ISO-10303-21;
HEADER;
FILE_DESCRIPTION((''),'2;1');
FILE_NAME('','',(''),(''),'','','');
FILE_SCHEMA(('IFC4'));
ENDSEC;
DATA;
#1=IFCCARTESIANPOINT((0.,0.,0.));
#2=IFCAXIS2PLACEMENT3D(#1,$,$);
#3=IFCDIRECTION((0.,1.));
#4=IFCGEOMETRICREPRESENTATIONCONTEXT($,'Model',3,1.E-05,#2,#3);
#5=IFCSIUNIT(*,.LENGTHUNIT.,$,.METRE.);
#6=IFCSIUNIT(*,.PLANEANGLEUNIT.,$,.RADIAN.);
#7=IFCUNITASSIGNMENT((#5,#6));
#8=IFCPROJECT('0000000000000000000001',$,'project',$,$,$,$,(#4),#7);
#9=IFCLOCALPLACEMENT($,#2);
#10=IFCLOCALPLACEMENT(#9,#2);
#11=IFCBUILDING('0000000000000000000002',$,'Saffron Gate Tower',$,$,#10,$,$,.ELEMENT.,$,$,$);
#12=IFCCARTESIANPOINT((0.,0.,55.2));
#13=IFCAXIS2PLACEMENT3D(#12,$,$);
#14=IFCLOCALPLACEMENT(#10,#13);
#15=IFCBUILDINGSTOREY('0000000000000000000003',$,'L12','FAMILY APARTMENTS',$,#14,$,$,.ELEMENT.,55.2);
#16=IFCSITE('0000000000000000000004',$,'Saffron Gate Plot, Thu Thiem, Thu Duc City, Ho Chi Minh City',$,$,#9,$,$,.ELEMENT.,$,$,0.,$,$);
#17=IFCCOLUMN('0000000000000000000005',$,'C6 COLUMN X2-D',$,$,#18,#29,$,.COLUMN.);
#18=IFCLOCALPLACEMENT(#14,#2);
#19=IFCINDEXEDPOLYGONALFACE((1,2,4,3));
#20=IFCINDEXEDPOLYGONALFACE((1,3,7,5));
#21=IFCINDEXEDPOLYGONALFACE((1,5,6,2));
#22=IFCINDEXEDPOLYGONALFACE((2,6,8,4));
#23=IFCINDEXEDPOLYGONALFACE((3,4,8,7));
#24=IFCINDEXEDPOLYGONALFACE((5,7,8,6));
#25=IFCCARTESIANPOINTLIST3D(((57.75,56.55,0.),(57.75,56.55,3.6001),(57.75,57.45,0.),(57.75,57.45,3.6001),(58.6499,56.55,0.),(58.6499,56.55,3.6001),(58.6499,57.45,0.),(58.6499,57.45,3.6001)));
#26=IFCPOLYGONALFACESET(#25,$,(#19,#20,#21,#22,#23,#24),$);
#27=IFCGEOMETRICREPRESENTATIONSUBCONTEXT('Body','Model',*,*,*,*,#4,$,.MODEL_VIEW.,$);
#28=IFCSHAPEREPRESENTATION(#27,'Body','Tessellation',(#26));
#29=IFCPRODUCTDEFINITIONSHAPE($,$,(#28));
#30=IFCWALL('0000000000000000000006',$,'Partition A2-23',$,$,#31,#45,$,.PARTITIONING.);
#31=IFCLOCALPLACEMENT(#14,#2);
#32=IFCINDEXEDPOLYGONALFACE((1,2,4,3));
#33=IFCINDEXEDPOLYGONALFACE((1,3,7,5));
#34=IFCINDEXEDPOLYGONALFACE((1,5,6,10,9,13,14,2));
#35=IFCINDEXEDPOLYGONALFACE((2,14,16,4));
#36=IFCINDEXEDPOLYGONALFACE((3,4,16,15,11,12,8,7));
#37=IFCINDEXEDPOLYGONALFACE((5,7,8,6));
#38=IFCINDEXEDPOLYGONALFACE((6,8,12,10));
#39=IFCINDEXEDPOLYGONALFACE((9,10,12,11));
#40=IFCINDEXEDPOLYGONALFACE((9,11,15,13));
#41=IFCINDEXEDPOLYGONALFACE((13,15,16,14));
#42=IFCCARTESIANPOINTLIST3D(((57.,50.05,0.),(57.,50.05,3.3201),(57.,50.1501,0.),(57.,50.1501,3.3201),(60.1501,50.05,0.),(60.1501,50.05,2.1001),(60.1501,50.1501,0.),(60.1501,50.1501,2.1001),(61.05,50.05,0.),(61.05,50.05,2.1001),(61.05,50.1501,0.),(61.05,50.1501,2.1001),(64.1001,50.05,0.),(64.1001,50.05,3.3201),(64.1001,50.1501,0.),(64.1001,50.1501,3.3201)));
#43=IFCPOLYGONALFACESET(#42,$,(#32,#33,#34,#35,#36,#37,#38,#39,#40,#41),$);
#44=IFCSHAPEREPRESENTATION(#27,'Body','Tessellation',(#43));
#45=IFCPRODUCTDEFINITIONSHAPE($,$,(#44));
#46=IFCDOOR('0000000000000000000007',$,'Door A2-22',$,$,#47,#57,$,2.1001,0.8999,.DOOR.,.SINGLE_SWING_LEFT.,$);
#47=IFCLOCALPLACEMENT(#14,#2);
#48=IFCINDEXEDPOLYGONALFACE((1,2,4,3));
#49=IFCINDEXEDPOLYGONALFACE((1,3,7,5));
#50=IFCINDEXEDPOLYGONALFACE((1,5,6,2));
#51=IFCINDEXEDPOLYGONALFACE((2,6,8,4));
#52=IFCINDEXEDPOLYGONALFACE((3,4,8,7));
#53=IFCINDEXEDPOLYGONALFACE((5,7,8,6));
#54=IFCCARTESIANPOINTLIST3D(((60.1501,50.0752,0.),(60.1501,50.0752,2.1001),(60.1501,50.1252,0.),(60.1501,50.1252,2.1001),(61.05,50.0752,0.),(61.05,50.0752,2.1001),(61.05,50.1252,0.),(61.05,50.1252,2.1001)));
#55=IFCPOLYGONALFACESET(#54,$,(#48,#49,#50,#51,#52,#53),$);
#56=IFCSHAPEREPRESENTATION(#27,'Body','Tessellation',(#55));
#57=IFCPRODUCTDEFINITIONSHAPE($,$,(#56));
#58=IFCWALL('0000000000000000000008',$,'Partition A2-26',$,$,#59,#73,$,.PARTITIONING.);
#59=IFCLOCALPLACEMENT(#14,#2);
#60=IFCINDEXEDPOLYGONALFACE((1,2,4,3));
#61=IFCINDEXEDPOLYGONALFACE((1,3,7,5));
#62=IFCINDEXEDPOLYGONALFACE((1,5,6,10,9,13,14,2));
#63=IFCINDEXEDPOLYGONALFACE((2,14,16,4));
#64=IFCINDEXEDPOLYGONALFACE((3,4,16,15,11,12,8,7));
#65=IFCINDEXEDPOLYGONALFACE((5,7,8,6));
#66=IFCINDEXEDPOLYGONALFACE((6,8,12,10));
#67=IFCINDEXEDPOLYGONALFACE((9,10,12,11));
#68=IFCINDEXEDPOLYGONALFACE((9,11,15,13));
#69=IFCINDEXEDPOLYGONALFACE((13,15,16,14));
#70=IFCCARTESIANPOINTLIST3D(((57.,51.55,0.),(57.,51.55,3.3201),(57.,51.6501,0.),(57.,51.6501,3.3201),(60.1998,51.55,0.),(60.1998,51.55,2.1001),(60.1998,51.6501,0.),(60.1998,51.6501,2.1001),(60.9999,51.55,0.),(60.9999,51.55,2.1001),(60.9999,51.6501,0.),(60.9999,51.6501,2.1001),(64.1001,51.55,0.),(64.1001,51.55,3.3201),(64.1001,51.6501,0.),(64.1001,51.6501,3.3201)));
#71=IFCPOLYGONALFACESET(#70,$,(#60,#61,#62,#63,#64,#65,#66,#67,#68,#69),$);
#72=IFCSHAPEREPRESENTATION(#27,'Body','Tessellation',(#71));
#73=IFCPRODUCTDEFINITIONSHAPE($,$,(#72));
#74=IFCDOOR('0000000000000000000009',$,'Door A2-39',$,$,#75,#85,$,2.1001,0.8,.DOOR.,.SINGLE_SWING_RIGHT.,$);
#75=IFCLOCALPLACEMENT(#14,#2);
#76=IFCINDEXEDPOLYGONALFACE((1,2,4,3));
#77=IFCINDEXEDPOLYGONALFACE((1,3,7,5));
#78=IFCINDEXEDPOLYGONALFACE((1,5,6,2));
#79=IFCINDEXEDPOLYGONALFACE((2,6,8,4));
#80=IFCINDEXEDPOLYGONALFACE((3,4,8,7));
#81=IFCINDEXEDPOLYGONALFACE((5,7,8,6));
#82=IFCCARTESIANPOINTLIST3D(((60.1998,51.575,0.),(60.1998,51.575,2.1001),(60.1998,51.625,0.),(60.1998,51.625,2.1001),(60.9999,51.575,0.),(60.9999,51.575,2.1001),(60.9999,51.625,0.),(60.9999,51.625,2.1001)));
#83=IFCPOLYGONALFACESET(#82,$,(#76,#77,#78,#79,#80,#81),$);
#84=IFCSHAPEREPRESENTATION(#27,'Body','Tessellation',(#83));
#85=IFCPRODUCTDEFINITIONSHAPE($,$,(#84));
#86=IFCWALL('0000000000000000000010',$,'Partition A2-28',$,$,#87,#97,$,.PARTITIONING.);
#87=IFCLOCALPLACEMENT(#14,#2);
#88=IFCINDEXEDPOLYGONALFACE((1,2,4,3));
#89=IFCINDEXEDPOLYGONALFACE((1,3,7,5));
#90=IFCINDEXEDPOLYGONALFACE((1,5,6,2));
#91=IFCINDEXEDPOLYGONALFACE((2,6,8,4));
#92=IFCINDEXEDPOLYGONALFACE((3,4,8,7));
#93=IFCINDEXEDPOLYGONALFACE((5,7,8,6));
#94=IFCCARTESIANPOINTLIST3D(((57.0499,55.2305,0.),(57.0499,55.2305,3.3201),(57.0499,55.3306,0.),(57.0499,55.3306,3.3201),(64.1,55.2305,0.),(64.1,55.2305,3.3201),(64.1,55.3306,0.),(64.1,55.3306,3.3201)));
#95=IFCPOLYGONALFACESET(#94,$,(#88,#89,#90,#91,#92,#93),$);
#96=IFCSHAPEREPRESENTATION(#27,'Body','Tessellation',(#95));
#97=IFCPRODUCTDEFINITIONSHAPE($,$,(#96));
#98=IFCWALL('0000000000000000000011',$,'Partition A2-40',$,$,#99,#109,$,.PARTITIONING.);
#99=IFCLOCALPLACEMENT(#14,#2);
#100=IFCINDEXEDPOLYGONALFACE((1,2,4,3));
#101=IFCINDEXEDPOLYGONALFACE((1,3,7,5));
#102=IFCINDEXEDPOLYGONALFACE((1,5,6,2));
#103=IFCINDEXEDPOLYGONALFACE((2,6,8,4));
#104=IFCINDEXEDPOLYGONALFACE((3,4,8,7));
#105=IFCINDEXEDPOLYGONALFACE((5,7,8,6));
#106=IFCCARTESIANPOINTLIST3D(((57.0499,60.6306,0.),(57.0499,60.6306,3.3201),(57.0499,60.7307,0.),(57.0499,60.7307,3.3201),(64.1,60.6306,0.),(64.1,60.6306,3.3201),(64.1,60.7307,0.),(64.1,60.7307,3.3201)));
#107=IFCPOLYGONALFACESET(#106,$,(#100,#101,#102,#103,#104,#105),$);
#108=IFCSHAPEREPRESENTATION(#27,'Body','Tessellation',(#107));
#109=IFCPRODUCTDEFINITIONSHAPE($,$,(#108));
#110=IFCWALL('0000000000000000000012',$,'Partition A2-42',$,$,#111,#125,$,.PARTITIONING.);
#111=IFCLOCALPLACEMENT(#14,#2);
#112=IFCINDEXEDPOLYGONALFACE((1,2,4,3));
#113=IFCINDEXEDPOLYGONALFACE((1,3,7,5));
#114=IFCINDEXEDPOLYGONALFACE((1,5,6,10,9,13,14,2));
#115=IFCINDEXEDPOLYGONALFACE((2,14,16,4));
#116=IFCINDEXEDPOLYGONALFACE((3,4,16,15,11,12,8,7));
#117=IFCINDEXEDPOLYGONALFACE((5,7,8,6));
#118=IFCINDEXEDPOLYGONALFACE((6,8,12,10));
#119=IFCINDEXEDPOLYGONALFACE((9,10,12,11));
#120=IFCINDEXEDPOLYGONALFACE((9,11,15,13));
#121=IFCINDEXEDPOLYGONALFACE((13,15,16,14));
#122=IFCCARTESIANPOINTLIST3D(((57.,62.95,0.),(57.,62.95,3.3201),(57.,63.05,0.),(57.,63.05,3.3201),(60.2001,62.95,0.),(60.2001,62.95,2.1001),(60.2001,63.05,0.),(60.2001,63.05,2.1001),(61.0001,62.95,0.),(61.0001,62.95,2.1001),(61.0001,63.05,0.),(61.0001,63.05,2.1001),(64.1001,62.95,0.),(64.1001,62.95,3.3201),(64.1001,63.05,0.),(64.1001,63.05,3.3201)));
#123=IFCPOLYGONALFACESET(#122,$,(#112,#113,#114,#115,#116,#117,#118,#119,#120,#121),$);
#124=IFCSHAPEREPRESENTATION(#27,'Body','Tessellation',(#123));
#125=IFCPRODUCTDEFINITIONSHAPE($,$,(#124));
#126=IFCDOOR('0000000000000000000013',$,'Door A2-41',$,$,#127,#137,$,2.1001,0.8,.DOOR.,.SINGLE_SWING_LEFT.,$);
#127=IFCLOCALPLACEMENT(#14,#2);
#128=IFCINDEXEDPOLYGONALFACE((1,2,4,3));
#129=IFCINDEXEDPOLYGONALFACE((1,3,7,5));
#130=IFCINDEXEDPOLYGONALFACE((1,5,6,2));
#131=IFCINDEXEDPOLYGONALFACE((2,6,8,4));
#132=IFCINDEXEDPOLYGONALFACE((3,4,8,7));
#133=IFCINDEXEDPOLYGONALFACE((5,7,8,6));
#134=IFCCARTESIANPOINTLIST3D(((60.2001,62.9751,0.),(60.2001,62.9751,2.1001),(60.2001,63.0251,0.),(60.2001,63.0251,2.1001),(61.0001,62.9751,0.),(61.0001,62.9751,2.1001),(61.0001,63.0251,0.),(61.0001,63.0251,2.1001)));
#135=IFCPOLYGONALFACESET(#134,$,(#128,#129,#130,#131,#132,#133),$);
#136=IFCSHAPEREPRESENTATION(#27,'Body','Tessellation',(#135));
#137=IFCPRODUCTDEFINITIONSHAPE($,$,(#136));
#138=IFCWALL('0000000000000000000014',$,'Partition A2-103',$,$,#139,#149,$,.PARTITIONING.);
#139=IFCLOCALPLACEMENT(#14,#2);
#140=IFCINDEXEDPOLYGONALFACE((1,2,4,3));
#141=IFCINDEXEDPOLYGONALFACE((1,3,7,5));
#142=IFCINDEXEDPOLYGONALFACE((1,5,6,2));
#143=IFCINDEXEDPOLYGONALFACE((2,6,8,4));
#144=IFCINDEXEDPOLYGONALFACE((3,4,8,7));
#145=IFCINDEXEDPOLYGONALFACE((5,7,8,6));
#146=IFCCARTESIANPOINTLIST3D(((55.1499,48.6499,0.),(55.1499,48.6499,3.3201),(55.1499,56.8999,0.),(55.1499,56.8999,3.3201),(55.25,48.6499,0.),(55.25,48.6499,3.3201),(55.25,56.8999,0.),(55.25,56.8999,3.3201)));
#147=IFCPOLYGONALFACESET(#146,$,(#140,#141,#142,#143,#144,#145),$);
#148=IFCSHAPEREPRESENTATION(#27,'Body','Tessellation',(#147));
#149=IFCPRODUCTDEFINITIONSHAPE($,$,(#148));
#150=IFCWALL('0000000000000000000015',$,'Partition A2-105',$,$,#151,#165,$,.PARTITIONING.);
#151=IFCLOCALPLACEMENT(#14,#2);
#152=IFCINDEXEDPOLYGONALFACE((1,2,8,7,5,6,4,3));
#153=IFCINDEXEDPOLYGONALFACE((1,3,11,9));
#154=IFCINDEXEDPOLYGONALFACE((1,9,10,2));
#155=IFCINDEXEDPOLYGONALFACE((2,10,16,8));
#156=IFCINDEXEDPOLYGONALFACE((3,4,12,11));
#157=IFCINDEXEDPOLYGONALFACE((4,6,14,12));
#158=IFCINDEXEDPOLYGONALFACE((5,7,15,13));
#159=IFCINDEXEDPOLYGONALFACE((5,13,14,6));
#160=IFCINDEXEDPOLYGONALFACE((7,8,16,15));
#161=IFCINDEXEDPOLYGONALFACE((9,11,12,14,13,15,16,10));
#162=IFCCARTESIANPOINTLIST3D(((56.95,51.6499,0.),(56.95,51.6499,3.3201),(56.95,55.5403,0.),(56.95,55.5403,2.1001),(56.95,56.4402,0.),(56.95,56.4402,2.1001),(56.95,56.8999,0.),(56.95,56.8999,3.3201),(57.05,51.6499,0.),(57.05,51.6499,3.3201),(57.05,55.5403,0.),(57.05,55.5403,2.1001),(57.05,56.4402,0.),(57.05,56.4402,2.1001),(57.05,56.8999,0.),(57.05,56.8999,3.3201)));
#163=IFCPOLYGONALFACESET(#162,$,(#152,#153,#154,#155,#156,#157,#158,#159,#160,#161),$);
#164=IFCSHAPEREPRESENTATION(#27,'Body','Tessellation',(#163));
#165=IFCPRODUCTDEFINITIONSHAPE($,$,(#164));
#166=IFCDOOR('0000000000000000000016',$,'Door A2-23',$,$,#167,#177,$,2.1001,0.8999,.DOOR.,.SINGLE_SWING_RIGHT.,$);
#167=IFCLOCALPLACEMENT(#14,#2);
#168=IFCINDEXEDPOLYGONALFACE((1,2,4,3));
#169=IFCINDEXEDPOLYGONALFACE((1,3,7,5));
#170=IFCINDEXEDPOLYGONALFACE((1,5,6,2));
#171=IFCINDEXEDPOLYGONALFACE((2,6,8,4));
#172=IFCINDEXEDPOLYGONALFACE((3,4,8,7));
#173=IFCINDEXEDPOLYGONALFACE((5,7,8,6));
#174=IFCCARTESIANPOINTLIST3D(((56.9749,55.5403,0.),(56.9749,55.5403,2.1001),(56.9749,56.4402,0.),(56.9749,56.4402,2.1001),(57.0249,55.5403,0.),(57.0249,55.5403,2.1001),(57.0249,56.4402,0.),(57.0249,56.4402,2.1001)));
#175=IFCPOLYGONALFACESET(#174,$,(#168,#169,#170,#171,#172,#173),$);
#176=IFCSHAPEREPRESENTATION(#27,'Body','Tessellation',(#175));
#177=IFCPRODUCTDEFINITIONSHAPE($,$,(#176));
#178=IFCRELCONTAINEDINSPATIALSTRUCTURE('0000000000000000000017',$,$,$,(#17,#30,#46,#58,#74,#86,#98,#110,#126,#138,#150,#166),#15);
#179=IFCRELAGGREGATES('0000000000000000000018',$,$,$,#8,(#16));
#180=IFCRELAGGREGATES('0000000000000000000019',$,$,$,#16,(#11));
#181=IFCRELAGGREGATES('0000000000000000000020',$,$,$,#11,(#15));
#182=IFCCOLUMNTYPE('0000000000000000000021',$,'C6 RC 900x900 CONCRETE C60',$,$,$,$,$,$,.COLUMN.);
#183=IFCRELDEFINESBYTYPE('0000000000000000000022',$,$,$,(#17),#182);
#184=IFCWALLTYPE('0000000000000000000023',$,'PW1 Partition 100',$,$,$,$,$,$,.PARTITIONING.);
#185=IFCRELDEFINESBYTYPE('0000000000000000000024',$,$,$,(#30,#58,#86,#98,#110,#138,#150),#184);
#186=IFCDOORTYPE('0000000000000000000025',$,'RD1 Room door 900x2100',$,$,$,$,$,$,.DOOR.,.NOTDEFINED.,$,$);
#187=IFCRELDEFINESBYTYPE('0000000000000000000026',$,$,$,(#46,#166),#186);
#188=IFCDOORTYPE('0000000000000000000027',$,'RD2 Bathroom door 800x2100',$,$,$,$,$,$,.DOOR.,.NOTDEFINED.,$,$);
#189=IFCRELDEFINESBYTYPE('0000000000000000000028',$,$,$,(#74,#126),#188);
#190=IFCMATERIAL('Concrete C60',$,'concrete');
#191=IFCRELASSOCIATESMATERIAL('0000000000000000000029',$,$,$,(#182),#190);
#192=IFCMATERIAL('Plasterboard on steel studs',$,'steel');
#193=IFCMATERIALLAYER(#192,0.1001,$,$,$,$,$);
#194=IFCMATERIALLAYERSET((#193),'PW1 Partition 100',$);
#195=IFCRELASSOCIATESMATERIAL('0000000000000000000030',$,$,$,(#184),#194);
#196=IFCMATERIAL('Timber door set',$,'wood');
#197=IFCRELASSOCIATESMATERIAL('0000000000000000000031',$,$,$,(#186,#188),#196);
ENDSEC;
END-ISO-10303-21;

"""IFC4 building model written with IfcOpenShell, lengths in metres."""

from ifc_helpers import new_model, si_unit, direction, frame, frame_2d, origin, origin_2d, place, context, subcontext, project, spatial, rectangle, extrude, material, layer, layer_set, material_profile, profile_set, type_object, element, fill, save


model = new_model("IFC4")

# Units and contexts
model_context = context("Model", 3, precision=1e-05, world=origin(), true_north=direction((0.0, 1.0)))
body_context = subcontext(model_context, "Body", "Model", "MODEL_VIEW")
ifc_project = project(units=[si_unit("LENGTHUNIT", "METRE"), si_unit("PLANEANGLEUNIT", "RADIAN")], contexts=[model_context])

# Site, building, storey
site_placement = place(None, origin())
site = spatial("IfcSite", under=ifc_project, at=site_placement, Name="Saffron Gate Plot, Thu Thiem, Thu Duc City, Ho Chi Minh City", CompositionType="ELEMENT", RefElevation=0.0)
building_placement = place(site_placement, origin())
building = spatial("IfcBuilding", under=site, at=building_placement, Name="Saffron Gate Tower", CompositionType="ELEMENT")
storey_placement = place(building_placement, frame((0.0, 0.0, 55.2)))
storey = spatial("IfcBuildingStorey", under=building, at=storey_placement, Name="L12", Description="FAMILY APARTMENTS", CompositionType="ELEMENT", Elevation=55.2)

# Column
ifc_material_1 = material(Name="Concrete C60", Category="concrete")
ifc_material_profile = material_profile(ifc_material_1, rectangle(XDim=0.8999, YDim=0.8999, at=origin_2d()))
ifc_profile_set = profile_set([ifc_material_profile], Name="Concrete C60")
column_type = type_object("IfcColumnType", Name="C6 RC 900x900 CONCRETE C60", PredefinedType="COLUMN", material=ifc_profile_set)
column_placement = place(storey_placement, frame((58.2, 57.0, 0.0), z_axis=(0.0, 0.0, 1.0), x_axis=(1.0, 0.0, 0.0)))
element("IfcColumn", 1, at=column_placement, inside=storey, type_object=column_type, Name="C6 COLUMN X2-D", PredefinedType="COLUMN", context=body_context, shape_type="SweptSolid", body=[
    extrude(rectangle(XDim=0.8999, YDim=0.8999, at=origin_2d()), origin(), (0.0, 0.0, 1.0), 3.6001),
])

# Walls, openings, doors
ifc_material_2 = material(Name="Plasterboard on steel studs", Category="steel")
ifc_layer_1 = layer(ifc_material_2, 0.1001)
ifc_layer_set_1 = layer_set([ifc_layer_1], Name="PW1 Partition 100")
wall_type_1 = type_object("IfcWallType", Name="PW1 Partition 100", PredefinedType="PARTITIONING", material=ifc_layer_set_1)
wall_1_placement = place(storey_placement, frame((64.1001, 50.1001, 0.0), z_axis=(0.0, 0.0, 1.0), x_axis=(-1.0, 0.0, 0.0)))
wall_1 = element("IfcWall", 2, at=wall_1_placement, inside=storey, type_object=wall_type_1, Name="Partition A2-23", PredefinedType="PARTITIONING", context=body_context, shape_type="SweptSolid", body=[
    extrude(rectangle(XDim=7.1001, YDim=0.1001, at=frame_2d((3.55, 0.0))), origin(), (0.0, 0.0, 1.0), 3.3201),
])
opening_1_placement = place(wall_1_placement, frame((3.05, 0.0, 0.0)))
opening_1 = element("IfcOpeningElement", 3, at=opening_1_placement, cuts=wall_1, PredefinedType="OPENING", context=body_context, shape_type="SweptSolid", body=[
    extrude(rectangle(XDim=0.8999, YDim=2.1001, at=frame_2d((0.45, 1.05))), frame((0.0, 0.0601, 0.0), z_axis=(0.0, -1.0, 0.0), x_axis=(1.0, 0.0, 0.0)), (0.0, 0.0, 1.0), 0.1201),
])
ifc_material_3 = material(Name="Timber door set", Category="wood")
door_type_1 = type_object("IfcDoorType", Name="RD1 Room door 900x2100", OperationType="NOTDEFINED", PredefinedType="DOOR", material=ifc_material_3)
door_1_placement = place(opening_1_placement, origin())
door_1 = element("IfcDoor", 4, at=door_1_placement, inside=storey, type_object=door_type_1, Name="Door A2-22", OperationType="SINGLE_SWING_LEFT", OverallHeight=2.1001, OverallWidth=0.8999, PredefinedType="DOOR", context=body_context, shape_type="SweptSolid", body=[
    extrude(rectangle(XDim=0.8999, YDim=2.1001, at=frame_2d((0.45, 1.05))), frame((0.0, 0.0249, 0.0), z_axis=(0.0, -1.0, 0.0), x_axis=(1.0, 0.0, 0.0)), (0.0, 0.0, 1.0), 0.05),
])
fill(opening_1, door_1)
wall_2_placement = place(storey_placement, frame((57.0, 51.6001, 0.0), z_axis=(0.0, 0.0, 1.0), x_axis=(1.0, 0.0, 0.0)))
wall_2 = element("IfcWall", 5, at=wall_2_placement, inside=storey, type_object=wall_type_1, Name="Partition A2-26", PredefinedType="PARTITIONING", context=body_context, shape_type="SweptSolid", body=[
    extrude(rectangle(XDim=7.1001, YDim=0.1001, at=frame_2d((3.55, 0.0))), origin(), (0.0, 0.0, 1.0), 3.3201),
])
opening_2_placement = place(wall_2_placement, frame((3.2, 0.0, 0.0)))
opening_2 = element("IfcOpeningElement", 6, at=opening_2_placement, cuts=wall_2, PredefinedType="OPENING", context=body_context, shape_type="SweptSolid", body=[
    extrude(rectangle(XDim=0.8, YDim=2.1001, at=frame_2d((0.3999, 1.05))), frame((0.0, 0.0601, 0.0), z_axis=(0.0, -1.0, 0.0), x_axis=(1.0, 0.0, 0.0)), (0.0, 0.0, 1.0), 0.1201),
])
door_type_2 = type_object("IfcDoorType", Name="RD2 Bathroom door 800x2100", OperationType="NOTDEFINED", PredefinedType="DOOR", material=ifc_material_3)
door_2_placement = place(opening_2_placement, origin())
door_2 = element("IfcDoor", 7, at=door_2_placement, inside=storey, type_object=door_type_2, Name="Door A2-39", OperationType="SINGLE_SWING_RIGHT", OverallHeight=2.1001, OverallWidth=0.8, PredefinedType="DOOR", context=body_context, shape_type="SweptSolid", body=[
    extrude(rectangle(XDim=0.8, YDim=2.1001, at=frame_2d((0.3999, 1.05))), frame((0.0, 0.0249, 0.0), z_axis=(0.0, -1.0, 0.0), x_axis=(1.0, 0.0, 0.0)), (0.0, 0.0, 1.0), 0.05),
])
fill(opening_2, door_2)

# Walls
for number, where, z_axis, x_axis, name in (
    (8, (57.05, 55.2805, 0.0), (0.0, 0.0, 1.0), (1.0, 0.0, 0.0), "Partition A2-28"),
    (9, (57.05, 60.6807, 0.0), (0.0, 0.0, 1.0), (1.0, 0.0, 0.0), "Partition A2-40"),
):
    element("IfcWall", number, at=place(storey_placement, frame(where, z_axis=z_axis, x_axis=x_axis)), inside=storey, type_object=wall_type_1, Name=name, PredefinedType="PARTITIONING", context=body_context, shape_type="SweptSolid", body=[
        extrude(rectangle(XDim=7.05, YDim=0.1001, at=frame_2d((3.5249, 0.0))), origin(), (0.0, 0.0, 1.0), 3.3201),
    ])

# Wall, opening, door
wall_3_placement = place(storey_placement, frame((64.1001, 63.0, 0.0), z_axis=(0.0, 0.0, 1.0), x_axis=(-1.0, 0.0, 0.0)))
wall_3 = element("IfcWall", 10, at=wall_3_placement, inside=storey, type_object=wall_type_1, Name="Partition A2-42", PredefinedType="PARTITIONING", context=body_context, shape_type="SweptSolid", body=[
    extrude(rectangle(XDim=7.1001, YDim=0.1001, at=frame_2d((3.55, 0.0))), origin(), (0.0, 0.0, 1.0), 3.3201),
])
opening_3_placement = place(wall_3_placement, frame((3.1001, 0.0, 0.0)))
opening_3 = element("IfcOpeningElement", 11, at=opening_3_placement, cuts=wall_3, PredefinedType="OPENING", context=body_context, shape_type="SweptSolid", body=[
    extrude(rectangle(XDim=0.8, YDim=2.1001, at=frame_2d((0.3999, 1.05))), frame((0.0, 0.0601, 0.0), z_axis=(0.0, -1.0, 0.0), x_axis=(1.0, 0.0, 0.0)), (0.0, 0.0, 1.0), 0.1201),
])
door_3_placement = place(opening_3_placement, origin())
door_3 = element("IfcDoor", 12, at=door_3_placement, inside=storey, type_object=door_type_2, Name="Door A2-41", OperationType="SINGLE_SWING_LEFT", OverallHeight=2.1001, OverallWidth=0.8, PredefinedType="DOOR", context=body_context, shape_type="SweptSolid", body=[
    extrude(rectangle(XDim=0.8, YDim=2.1001, at=frame_2d((0.3999, 1.05))), frame((0.0, 0.0249, 0.0), z_axis=(0.0, -1.0, 0.0), x_axis=(1.0, 0.0, 0.0)), (0.0, 0.0, 1.0), 0.05),
])
fill(opening_3, door_3)

# Wall
wall_4_placement = place(storey_placement, frame((55.2, 56.8999, 0.0), z_axis=(0.0, 0.0, 1.0), x_axis=(0.0, -1.0, 0.0)))
element("IfcWall", 13, at=wall_4_placement, inside=storey, type_object=wall_type_1, Name="Partition A2-103", PredefinedType="PARTITIONING", context=body_context, shape_type="SweptSolid", body=[
    extrude(rectangle(XDim=8.25, YDim=0.1001, at=frame_2d((4.125, 0.0))), origin(), (0.0, 0.0, 1.0), 3.3201),
])

# Wall, opening, door
wall_5_placement = place(storey_placement, frame((57.0, 56.8999, 0.0), z_axis=(0.0, 0.0, 1.0), x_axis=(0.0, -1.0, 0.0)))
wall_5 = element("IfcWall", 14, at=wall_5_placement, inside=storey, type_object=wall_type_1, Name="Partition A2-105", PredefinedType="PARTITIONING", context=body_context, shape_type="SweptSolid", body=[
    extrude(rectangle(XDim=5.25, YDim=0.1001, at=frame_2d((2.625, 0.0))), origin(), (0.0, 0.0, 1.0), 3.3201),
])
opening_4_placement = place(wall_5_placement, frame((0.4597, 0.0, 0.0)))
opening_4 = element("IfcOpeningElement", 15, at=opening_4_placement, cuts=wall_5, PredefinedType="OPENING", context=body_context, shape_type="SweptSolid", body=[
    extrude(rectangle(XDim=0.8999, YDim=2.1001, at=frame_2d((0.45, 1.05))), frame((0.0, 0.0601, 0.0), z_axis=(0.0, -1.0, 0.0), x_axis=(1.0, 0.0, 0.0)), (0.0, 0.0, 1.0), 0.1201),
])
door_4_placement = place(opening_4_placement, origin())
door_4 = element("IfcDoor", 16, at=door_4_placement, inside=storey, type_object=door_type_1, Name="Door A2-23", OperationType="SINGLE_SWING_RIGHT", OverallHeight=2.1001, OverallWidth=0.8999, PredefinedType="DOOR", context=body_context, shape_type="SweptSolid", body=[
    extrude(rectangle(XDim=0.8999, YDim=2.1001, at=frame_2d((0.45, 1.05))), frame((0.0, 0.0249, 0.0), z_axis=(0.0, -1.0, 0.0), x_axis=(1.0, 0.0, 0.0)), (0.0, 0.0, 1.0), 0.05),
])
fill(opening_4, door_4)

save(model, "model.ifc")
